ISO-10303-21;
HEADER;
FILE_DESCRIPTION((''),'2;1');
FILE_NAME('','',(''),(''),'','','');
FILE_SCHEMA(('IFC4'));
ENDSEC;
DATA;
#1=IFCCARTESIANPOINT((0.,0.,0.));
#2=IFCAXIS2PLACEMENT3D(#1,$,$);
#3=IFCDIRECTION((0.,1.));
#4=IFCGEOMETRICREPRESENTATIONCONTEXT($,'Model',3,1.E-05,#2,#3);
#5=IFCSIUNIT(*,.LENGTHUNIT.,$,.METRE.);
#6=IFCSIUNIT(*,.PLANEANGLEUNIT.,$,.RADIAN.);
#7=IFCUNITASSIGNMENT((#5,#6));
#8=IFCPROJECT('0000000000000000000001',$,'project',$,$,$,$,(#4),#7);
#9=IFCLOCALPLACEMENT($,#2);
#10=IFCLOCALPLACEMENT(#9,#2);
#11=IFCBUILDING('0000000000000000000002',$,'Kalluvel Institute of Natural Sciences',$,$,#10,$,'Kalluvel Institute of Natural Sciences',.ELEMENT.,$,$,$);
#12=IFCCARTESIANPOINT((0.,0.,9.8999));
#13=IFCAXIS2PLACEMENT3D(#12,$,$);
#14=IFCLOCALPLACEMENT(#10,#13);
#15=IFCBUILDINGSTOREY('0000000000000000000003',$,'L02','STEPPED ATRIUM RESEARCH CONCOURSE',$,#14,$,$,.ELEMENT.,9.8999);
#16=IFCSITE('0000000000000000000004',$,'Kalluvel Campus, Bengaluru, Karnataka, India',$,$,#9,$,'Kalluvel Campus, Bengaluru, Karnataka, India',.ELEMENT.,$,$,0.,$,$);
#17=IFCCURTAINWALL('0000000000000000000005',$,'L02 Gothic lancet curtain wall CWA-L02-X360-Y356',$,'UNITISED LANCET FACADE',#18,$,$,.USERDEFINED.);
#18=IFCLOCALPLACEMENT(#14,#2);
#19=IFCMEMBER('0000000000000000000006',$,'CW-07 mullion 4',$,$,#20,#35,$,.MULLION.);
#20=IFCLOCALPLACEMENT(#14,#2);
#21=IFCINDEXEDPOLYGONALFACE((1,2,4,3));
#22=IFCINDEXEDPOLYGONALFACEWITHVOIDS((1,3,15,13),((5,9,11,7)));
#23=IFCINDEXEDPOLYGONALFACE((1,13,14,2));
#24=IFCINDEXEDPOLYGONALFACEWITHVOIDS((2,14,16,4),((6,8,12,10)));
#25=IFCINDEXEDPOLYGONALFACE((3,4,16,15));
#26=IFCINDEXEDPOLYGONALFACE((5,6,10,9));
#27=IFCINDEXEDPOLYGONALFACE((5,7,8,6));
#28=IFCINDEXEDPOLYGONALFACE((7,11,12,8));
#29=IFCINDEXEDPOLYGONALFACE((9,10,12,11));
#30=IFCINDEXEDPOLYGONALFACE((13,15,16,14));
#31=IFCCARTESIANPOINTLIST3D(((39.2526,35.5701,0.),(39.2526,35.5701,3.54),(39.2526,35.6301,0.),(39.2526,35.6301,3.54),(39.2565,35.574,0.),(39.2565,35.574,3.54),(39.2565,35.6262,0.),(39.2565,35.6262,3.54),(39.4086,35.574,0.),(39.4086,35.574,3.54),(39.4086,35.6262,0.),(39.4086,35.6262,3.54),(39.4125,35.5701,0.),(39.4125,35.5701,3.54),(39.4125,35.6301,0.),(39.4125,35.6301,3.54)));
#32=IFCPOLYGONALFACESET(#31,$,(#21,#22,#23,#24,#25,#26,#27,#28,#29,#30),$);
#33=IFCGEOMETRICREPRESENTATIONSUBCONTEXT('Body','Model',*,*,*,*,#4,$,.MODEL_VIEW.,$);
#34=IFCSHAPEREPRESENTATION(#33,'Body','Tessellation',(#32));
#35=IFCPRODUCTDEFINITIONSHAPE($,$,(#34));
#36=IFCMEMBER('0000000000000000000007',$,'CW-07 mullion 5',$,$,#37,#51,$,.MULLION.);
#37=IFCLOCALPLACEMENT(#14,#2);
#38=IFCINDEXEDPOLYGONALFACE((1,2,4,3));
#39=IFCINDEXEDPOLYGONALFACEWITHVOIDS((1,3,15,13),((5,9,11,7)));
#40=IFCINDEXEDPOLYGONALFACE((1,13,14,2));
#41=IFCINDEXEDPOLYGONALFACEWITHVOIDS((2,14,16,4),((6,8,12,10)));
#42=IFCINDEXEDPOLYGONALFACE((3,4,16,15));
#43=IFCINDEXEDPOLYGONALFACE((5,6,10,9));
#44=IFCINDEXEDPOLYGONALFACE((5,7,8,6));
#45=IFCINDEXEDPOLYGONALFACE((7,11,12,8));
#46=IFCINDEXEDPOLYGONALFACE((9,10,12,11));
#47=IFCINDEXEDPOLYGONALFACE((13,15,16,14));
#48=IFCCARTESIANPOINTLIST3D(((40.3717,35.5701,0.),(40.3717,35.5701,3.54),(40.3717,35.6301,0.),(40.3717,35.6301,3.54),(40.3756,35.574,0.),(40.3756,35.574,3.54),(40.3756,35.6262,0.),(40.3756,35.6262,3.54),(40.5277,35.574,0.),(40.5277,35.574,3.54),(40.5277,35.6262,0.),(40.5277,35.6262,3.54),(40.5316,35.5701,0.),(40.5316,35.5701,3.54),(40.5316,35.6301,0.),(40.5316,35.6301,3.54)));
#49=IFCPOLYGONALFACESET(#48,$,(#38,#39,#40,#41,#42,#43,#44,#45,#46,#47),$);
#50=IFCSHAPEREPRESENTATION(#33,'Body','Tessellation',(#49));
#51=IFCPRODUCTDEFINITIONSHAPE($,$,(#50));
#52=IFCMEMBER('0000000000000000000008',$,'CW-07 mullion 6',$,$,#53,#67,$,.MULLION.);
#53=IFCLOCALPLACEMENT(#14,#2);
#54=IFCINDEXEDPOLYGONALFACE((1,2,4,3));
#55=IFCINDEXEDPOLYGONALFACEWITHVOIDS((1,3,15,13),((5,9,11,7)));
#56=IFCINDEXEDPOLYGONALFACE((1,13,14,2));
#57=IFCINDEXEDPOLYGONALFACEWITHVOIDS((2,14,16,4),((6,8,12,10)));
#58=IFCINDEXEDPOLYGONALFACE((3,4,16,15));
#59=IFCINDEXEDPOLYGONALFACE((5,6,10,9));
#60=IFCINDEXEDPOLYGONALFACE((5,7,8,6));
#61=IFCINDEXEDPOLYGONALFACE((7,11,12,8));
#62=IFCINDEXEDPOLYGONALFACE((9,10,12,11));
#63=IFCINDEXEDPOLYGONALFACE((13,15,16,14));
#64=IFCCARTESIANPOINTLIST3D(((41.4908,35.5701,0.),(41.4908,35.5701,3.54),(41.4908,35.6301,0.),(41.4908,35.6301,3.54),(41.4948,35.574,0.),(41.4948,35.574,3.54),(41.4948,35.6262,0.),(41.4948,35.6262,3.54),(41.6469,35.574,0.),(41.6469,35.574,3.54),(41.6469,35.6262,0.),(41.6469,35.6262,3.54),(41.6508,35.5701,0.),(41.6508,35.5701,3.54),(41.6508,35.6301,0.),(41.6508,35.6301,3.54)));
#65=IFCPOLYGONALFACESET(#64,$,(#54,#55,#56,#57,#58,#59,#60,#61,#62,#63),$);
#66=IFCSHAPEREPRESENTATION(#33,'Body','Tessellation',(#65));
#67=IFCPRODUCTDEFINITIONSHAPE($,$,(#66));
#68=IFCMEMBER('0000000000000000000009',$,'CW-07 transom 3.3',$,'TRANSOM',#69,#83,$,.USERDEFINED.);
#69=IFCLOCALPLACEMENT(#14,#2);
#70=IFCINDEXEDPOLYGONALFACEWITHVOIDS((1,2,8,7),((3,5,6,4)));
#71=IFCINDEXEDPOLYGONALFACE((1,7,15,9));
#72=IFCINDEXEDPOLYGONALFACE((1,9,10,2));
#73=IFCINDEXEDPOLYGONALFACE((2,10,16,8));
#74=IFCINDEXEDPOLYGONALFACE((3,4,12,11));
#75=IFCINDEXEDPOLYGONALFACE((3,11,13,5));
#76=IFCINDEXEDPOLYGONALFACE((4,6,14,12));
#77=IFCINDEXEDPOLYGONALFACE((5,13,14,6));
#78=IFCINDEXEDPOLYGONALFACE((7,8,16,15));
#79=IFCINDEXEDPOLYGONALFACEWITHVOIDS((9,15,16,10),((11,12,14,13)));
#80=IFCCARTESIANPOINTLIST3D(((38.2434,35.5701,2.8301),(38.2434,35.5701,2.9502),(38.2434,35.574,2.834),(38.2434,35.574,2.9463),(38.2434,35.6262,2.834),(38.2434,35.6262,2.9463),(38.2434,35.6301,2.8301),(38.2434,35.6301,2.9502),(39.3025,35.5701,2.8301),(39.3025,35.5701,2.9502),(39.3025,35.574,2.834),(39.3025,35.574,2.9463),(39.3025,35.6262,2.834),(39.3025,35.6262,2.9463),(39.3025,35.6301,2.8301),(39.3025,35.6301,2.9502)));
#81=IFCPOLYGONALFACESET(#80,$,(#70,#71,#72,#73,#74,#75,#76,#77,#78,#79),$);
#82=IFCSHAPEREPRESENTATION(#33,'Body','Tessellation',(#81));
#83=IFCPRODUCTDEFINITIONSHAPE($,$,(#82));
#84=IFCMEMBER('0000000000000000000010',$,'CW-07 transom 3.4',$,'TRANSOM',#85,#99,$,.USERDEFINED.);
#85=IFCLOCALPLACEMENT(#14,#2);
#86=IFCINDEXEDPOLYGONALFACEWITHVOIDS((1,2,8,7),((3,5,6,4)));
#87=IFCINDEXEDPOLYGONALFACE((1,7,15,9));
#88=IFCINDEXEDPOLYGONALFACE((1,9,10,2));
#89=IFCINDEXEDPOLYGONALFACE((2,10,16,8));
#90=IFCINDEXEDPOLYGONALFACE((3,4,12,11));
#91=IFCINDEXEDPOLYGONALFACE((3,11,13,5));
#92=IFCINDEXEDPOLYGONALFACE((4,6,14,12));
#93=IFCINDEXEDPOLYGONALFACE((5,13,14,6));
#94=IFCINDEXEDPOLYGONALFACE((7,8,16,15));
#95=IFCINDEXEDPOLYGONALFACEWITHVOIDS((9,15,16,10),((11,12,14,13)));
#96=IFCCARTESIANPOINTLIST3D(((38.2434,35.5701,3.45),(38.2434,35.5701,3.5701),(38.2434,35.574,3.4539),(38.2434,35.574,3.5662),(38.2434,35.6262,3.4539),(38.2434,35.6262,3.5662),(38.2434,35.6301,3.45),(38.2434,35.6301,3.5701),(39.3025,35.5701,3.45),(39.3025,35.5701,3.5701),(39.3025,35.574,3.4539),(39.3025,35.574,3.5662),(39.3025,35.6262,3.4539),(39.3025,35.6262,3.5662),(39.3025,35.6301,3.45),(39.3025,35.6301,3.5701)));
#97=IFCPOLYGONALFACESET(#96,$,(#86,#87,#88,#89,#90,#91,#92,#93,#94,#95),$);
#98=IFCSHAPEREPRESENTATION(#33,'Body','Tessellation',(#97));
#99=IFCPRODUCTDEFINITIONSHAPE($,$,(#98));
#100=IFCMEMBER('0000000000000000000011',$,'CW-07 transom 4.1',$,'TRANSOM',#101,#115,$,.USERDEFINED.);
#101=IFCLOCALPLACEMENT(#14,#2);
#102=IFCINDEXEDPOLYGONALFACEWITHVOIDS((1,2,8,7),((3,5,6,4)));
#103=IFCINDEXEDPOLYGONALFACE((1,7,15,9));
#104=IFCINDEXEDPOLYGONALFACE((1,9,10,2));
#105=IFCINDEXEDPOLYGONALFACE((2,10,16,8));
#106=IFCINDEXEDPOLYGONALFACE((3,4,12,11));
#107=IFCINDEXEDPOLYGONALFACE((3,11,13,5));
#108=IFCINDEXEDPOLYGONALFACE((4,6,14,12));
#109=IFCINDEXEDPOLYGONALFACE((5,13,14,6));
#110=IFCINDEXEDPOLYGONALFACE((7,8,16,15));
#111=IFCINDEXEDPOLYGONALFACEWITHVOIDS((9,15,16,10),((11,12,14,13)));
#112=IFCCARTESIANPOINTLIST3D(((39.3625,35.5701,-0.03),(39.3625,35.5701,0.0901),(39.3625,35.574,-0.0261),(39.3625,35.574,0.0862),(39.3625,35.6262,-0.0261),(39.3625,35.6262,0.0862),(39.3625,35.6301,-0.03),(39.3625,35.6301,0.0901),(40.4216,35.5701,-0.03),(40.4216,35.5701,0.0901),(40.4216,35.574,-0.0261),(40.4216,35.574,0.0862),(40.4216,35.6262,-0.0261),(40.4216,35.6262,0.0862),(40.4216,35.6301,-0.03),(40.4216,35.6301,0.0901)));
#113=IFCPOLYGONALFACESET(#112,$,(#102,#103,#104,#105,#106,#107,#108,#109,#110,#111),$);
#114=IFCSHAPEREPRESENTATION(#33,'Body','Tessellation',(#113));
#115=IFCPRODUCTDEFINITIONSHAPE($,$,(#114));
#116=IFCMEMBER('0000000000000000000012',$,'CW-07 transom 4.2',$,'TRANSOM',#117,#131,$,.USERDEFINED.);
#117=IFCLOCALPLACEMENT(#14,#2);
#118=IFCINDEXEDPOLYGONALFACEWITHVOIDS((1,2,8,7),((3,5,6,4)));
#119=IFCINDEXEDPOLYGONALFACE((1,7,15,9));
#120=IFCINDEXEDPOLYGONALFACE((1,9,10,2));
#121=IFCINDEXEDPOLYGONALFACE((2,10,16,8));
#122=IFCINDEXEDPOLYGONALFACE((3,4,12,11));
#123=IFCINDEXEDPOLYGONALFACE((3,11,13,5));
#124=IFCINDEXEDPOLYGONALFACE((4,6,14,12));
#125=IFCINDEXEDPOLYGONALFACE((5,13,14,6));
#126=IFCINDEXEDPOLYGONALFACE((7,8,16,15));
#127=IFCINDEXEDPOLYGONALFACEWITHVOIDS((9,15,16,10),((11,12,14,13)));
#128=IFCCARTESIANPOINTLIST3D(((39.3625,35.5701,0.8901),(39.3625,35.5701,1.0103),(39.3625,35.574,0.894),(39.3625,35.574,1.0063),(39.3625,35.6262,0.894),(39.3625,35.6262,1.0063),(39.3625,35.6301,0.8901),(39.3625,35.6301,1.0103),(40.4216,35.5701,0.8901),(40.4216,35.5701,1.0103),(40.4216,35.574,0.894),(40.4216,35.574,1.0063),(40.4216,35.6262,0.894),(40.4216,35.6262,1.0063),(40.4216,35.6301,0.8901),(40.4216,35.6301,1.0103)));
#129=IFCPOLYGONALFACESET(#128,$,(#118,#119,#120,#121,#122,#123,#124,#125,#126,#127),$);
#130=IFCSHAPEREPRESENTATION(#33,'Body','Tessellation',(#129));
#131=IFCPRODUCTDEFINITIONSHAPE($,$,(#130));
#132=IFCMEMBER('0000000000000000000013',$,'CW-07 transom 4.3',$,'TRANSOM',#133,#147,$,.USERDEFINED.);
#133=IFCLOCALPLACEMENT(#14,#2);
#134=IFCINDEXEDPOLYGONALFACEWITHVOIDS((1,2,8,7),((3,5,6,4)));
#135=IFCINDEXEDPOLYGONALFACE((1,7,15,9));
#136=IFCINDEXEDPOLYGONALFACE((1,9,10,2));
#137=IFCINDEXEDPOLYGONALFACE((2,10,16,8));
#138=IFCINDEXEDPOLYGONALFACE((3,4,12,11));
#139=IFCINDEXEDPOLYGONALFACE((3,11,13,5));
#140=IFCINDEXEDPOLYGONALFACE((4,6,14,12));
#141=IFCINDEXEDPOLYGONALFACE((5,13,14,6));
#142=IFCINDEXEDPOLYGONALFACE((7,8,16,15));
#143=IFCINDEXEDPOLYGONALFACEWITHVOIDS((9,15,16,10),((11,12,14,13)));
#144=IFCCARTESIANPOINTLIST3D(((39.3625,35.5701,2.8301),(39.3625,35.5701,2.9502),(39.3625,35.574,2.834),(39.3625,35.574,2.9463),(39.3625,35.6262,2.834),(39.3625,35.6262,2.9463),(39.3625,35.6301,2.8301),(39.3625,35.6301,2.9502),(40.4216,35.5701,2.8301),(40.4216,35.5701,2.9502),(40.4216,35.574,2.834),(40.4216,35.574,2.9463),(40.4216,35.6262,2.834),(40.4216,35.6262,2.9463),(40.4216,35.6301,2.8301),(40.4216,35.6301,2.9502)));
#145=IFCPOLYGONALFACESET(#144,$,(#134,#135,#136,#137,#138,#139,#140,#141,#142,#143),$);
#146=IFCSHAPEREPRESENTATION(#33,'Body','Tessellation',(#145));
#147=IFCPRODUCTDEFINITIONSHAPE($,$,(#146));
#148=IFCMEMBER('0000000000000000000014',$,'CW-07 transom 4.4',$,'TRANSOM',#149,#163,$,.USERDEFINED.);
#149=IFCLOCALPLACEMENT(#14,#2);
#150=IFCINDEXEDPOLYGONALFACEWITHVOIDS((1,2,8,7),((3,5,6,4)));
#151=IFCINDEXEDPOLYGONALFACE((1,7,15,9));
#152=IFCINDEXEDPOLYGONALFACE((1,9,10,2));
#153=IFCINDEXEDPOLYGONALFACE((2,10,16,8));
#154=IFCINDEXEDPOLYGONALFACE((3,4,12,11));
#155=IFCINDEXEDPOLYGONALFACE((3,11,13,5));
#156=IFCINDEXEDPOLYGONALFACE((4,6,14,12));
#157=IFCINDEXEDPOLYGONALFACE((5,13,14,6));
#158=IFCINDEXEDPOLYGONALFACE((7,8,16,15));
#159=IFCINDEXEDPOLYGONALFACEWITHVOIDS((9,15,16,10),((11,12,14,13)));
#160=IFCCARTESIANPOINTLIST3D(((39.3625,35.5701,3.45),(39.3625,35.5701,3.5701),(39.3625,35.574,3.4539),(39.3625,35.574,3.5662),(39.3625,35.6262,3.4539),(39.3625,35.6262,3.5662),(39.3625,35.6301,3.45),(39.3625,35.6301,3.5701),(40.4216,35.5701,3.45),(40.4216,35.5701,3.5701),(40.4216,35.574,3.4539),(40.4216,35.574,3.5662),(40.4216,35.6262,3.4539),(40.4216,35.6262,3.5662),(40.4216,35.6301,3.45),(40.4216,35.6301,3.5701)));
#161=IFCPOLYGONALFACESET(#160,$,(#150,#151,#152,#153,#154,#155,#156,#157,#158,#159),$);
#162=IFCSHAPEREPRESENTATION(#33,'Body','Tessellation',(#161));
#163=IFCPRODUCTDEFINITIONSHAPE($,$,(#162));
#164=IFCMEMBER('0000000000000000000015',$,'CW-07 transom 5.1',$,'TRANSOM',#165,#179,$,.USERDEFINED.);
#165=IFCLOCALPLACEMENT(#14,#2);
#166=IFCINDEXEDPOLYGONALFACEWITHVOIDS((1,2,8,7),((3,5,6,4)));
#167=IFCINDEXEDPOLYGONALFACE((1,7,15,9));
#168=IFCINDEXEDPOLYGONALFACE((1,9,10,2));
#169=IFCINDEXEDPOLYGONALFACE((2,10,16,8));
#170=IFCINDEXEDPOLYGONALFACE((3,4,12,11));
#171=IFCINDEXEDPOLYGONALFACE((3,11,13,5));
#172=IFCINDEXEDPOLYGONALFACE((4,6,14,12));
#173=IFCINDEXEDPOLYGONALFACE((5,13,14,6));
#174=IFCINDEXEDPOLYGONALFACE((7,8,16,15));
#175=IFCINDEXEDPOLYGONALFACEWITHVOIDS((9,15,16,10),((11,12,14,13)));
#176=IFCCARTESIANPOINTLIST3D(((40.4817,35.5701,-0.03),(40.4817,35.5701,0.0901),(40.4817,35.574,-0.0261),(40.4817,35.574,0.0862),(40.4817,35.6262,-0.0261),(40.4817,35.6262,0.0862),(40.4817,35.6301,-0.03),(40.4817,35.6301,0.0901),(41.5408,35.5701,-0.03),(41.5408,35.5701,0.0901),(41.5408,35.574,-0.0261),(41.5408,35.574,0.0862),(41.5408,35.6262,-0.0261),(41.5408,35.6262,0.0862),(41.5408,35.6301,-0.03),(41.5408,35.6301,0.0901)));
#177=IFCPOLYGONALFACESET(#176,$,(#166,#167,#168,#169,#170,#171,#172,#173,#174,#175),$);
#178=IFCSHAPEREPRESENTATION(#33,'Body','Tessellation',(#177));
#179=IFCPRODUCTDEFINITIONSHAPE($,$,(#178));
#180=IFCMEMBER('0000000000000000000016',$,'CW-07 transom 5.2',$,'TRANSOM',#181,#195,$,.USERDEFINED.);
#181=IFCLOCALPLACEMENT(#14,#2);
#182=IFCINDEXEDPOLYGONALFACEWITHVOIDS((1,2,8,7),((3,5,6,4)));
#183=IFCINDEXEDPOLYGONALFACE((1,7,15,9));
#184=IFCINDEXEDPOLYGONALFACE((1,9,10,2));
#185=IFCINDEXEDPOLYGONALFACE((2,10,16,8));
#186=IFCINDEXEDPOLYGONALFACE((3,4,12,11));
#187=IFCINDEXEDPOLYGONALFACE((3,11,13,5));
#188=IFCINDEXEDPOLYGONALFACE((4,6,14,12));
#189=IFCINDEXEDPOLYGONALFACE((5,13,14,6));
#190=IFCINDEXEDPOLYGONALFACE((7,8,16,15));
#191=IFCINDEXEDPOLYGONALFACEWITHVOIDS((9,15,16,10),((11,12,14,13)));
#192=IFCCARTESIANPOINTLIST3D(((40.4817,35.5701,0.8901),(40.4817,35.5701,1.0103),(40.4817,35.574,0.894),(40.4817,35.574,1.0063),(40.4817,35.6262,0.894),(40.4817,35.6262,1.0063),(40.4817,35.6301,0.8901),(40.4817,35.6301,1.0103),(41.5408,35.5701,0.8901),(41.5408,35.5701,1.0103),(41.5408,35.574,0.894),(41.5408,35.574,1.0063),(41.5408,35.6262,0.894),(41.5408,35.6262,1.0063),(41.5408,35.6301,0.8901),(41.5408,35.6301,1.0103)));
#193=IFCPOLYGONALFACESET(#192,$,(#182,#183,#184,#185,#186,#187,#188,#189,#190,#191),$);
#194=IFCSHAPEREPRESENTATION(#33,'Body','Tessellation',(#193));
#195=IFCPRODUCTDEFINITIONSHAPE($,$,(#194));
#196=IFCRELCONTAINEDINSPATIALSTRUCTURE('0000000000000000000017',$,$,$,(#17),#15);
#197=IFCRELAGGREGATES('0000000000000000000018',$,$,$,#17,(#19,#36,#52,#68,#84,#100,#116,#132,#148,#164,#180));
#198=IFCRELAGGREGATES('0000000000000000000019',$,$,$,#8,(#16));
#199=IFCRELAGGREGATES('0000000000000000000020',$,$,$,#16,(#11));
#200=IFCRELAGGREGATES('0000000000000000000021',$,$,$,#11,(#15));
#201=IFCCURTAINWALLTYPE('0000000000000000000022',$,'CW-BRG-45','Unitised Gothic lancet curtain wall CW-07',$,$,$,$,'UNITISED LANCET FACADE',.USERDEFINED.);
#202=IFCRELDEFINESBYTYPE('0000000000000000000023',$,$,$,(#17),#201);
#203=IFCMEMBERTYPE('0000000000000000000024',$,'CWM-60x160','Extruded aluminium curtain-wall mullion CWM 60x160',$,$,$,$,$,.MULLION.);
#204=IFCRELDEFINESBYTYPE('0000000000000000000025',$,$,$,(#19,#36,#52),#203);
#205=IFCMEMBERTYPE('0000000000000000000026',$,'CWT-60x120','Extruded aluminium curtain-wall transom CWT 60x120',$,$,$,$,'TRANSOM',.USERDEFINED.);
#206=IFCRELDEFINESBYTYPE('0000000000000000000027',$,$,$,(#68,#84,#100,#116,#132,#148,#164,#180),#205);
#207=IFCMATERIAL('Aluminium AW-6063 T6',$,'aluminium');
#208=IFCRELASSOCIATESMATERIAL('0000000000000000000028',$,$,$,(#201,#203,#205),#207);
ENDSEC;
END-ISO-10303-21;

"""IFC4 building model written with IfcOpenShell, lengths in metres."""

from ifc_helpers import new_model, si_unit, direction, frame, origin, origin_2d, place, context, subcontext, project, spatial, hollow_rectangle, extrude, material, material_profile, profile_set, type_object, element, aggregate, save


model = new_model("IFC4")

# Units and contexts
model_context = context("Model", 3, precision=1e-05, world=origin(), true_north=direction((0.0, 1.0)))
body_context = subcontext(model_context, "Body", "Model", "MODEL_VIEW")
ifc_project = project(units=[si_unit("LENGTHUNIT", "METRE"), si_unit("PLANEANGLEUNIT", "RADIAN")], contexts=[model_context])

# Site, building, storey
site_placement = place(None, origin())
site = spatial("IfcSite", under=ifc_project, at=site_placement, Name="Kalluvel Campus, Bengaluru, Karnataka, India", LongName="Kalluvel Campus, Bengaluru, Karnataka, India", CompositionType="ELEMENT", RefElevation=0.0)
building_placement = place(site_placement, origin())
building = spatial("IfcBuilding", under=site, at=building_placement, Name="Kalluvel Institute of Natural Sciences", LongName="Kalluvel Institute of Natural Sciences", CompositionType="ELEMENT")
storey_placement = place(building_placement, frame((0.0, 0.0, 9.8999)))
storey = spatial("IfcBuildingStorey", under=building, at=storey_placement, Name="L02", Description="STEPPED ATRIUM RESEARCH CONCOURSE", CompositionType="ELEMENT", Elevation=9.8999)

# Curtain wall, members
ifc_material_1 = material(Name="Aluminium AW-6063 T6", Category="aluminium")
curtain_wall_type = type_object("IfcCurtainWallType", Name="CW-BRG-45", Description="Unitised Gothic lancet curtain wall CW-07", ElementType="UNITISED LANCET FACADE", PredefinedType="USERDEFINED", material=ifc_material_1)
curtain_wall_placement = place(storey_placement, origin())
curtain_wall = element("IfcCurtainWall", 1, at=curtain_wall_placement, inside=storey, type_object=curtain_wall_type, Name="L02 Gothic lancet curtain wall CWA-L02-X360-Y356", ObjectType="UNITISED LANCET FACADE", PredefinedType="USERDEFINED")
ifc_material_profile_1 = material_profile(ifc_material_1, hollow_rectangle(XDim=0.0601, YDim=0.1599, WallThickness=0.0039, at=origin_2d()), Name="CWM 60x160")
ifc_profile_set_1 = profile_set([ifc_material_profile_1], Name="Aluminium AW-6063 T6")
member_type_1 = type_object("IfcMemberType", Name="CWM-60x160", Description="Extruded aluminium curtain-wall mullion CWM 60x160", PredefinedType="MULLION", material=ifc_profile_set_1)
member_1_placement = place(storey_placement, frame((39.3325, 35.6001, 0.0), z_axis=(0.0, 0.0, 1.0), x_axis=(0.0, 1.0, 0.0)))
member_1 = element("IfcMember", 2, at=member_1_placement, type_object=member_type_1, Name="CW-07 mullion 4", PredefinedType="MULLION", context=body_context, shape_type="SweptSolid", body=[
    extrude(hollow_rectangle(XDim=0.0601, YDim=0.1599, WallThickness=0.0039, at=origin_2d()), origin(), (0.0, 0.0, 1.0), 3.54),
])
member_2_placement = place(storey_placement, frame((40.4517, 35.6001, 0.0), z_axis=(0.0, 0.0, 1.0), x_axis=(0.0, 1.0, 0.0)))
member_2 = element("IfcMember", 3, at=member_2_placement, type_object=member_type_1, Name="CW-07 mullion 5", PredefinedType="MULLION", context=body_context, shape_type="SweptSolid", body=[
    extrude(hollow_rectangle(XDim=0.0601, YDim=0.1599, WallThickness=0.0039, at=origin_2d()), origin(), (0.0, 0.0, 1.0), 3.54),
])
member_3_placement = place(storey_placement, frame((41.5708, 35.6001, 0.0), z_axis=(0.0, 0.0, 1.0), x_axis=(0.0, 1.0, 0.0)))
member_3 = element("IfcMember", 4, at=member_3_placement, type_object=member_type_1, Name="CW-07 mullion 6", PredefinedType="MULLION", context=body_context, shape_type="SweptSolid", body=[
    extrude(hollow_rectangle(XDim=0.0601, YDim=0.1599, WallThickness=0.0039, at=origin_2d()), origin(), (0.0, 0.0, 1.0), 3.54),
])
ifc_material_profile_2 = material_profile(ifc_material_1, hollow_rectangle(XDim=0.0601, YDim=0.1201, WallThickness=0.0039, at=origin_2d()), Name="CWT 60x120")
ifc_profile_set_2 = profile_set([ifc_material_profile_2], Name="Aluminium AW-6063 T6")
member_type_2 = type_object("IfcMemberType", Name="CWT-60x120", Description="Extruded aluminium curtain-wall transom CWT 60x120", ElementType="TRANSOM", PredefinedType="USERDEFINED", material=ifc_profile_set_2)
member_4_placement = place(storey_placement, frame((38.2434, 35.6001, 2.8901), z_axis=(1.0, 0.0, 0.0), x_axis=(0.0, 1.0, 0.0)))
member_4 = element("IfcMember", 5, at=member_4_placement, type_object=member_type_2, Name="CW-07 transom 3.3", ObjectType="TRANSOM", PredefinedType="USERDEFINED", context=body_context, shape_type="SweptSolid", body=[
    extrude(hollow_rectangle(XDim=0.0601, YDim=0.1201, WallThickness=0.0039, at=origin_2d()), origin(), (0.0, 0.0, 1.0), 1.0591),
])
member_5_placement = place(storey_placement, frame((38.2434, 35.6001, 3.51), z_axis=(1.0, 0.0, 0.0), x_axis=(0.0, 1.0, 0.0)))
member_5 = element("IfcMember", 6, at=member_5_placement, type_object=member_type_2, Name="CW-07 transom 3.4", ObjectType="TRANSOM", PredefinedType="USERDEFINED", context=body_context, shape_type="SweptSolid", body=[
    extrude(hollow_rectangle(XDim=0.0601, YDim=0.1201, WallThickness=0.0039, at=origin_2d()), origin(), (0.0, 0.0, 1.0), 1.0591),
])
member_6_placement = place(storey_placement, frame((39.3625, 35.6001, 0.03), z_axis=(1.0, 0.0, 0.0), x_axis=(0.0, 1.0, 0.0)))
member_6 = element("IfcMember", 7, at=member_6_placement, type_object=member_type_2, Name="CW-07 transom 4.1", ObjectType="TRANSOM", PredefinedType="USERDEFINED", context=body_context, shape_type="SweptSolid", body=[
    extrude(hollow_rectangle(XDim=0.0601, YDim=0.1201, WallThickness=0.0039, at=origin_2d()), origin(), (0.0, 0.0, 1.0), 1.0591),
])
member_7_placement = place(storey_placement, frame((39.3625, 35.6001, 0.9502), z_axis=(1.0, 0.0, 0.0), x_axis=(0.0, 1.0, 0.0)))
member_7 = element("IfcMember", 8, at=member_7_placement, type_object=member_type_2, Name="CW-07 transom 4.2", ObjectType="TRANSOM", PredefinedType="USERDEFINED", context=body_context, shape_type="SweptSolid", body=[
    extrude(hollow_rectangle(XDim=0.0601, YDim=0.1201, WallThickness=0.0039, at=origin_2d()), origin(), (0.0, 0.0, 1.0), 1.0591),
])
member_8_placement = place(storey_placement, frame((39.3625, 35.6001, 2.8901), z_axis=(1.0, 0.0, 0.0), x_axis=(0.0, 1.0, 0.0)))
member_8 = element("IfcMember", 9, at=member_8_placement, type_object=member_type_2, Name="CW-07 transom 4.3", ObjectType="TRANSOM", PredefinedType="USERDEFINED", context=body_context, shape_type="SweptSolid", body=[
    extrude(hollow_rectangle(XDim=0.0601, YDim=0.1201, WallThickness=0.0039, at=origin_2d()), origin(), (0.0, 0.0, 1.0), 1.0591),
])
member_9_placement = place(storey_placement, frame((39.3625, 35.6001, 3.51), z_axis=(1.0, 0.0, 0.0), x_axis=(0.0, 1.0, 0.0)))
member_9 = element("IfcMember", 10, at=member_9_placement, type_object=member_type_2, Name="CW-07 transom 4.4", ObjectType="TRANSOM", PredefinedType="USERDEFINED", context=body_context, shape_type="SweptSolid", body=[
    extrude(hollow_rectangle(XDim=0.0601, YDim=0.1201, WallThickness=0.0039, at=origin_2d()), origin(), (0.0, 0.0, 1.0), 1.0591),
])
member_10_placement = place(storey_placement, frame((40.4817, 35.6001, 0.03), z_axis=(1.0, 0.0, 0.0), x_axis=(0.0, 1.0, 0.0)))
member_10 = element("IfcMember", 11, at=member_10_placement, type_object=member_type_2, Name="CW-07 transom 5.1", ObjectType="TRANSOM", PredefinedType="USERDEFINED", context=body_context, shape_type="SweptSolid", body=[
    extrude(hollow_rectangle(XDim=0.0601, YDim=0.1201, WallThickness=0.0039, at=origin_2d()), origin(), (0.0, 0.0, 1.0), 1.0591),
])
member_11_placement = place(storey_placement, frame((40.4817, 35.6001, 0.9502), z_axis=(1.0, 0.0, 0.0), x_axis=(0.0, 1.0, 0.0)))
member_11 = element("IfcMember", 12, at=member_11_placement, type_object=member_type_2, Name="CW-07 transom 5.2", ObjectType="TRANSOM", PredefinedType="USERDEFINED", context=body_context, shape_type="SweptSolid", body=[
    extrude(hollow_rectangle(XDim=0.0601, YDim=0.1201, WallThickness=0.0039, at=origin_2d()), origin(), (0.0, 0.0, 1.0), 1.0591),
])
aggregate(curtain_wall, [member_1, member_2, member_3, member_4, member_5, member_6, member_7, member_8, member_9, member_10, member_11])

save(model, "model.ifc")
